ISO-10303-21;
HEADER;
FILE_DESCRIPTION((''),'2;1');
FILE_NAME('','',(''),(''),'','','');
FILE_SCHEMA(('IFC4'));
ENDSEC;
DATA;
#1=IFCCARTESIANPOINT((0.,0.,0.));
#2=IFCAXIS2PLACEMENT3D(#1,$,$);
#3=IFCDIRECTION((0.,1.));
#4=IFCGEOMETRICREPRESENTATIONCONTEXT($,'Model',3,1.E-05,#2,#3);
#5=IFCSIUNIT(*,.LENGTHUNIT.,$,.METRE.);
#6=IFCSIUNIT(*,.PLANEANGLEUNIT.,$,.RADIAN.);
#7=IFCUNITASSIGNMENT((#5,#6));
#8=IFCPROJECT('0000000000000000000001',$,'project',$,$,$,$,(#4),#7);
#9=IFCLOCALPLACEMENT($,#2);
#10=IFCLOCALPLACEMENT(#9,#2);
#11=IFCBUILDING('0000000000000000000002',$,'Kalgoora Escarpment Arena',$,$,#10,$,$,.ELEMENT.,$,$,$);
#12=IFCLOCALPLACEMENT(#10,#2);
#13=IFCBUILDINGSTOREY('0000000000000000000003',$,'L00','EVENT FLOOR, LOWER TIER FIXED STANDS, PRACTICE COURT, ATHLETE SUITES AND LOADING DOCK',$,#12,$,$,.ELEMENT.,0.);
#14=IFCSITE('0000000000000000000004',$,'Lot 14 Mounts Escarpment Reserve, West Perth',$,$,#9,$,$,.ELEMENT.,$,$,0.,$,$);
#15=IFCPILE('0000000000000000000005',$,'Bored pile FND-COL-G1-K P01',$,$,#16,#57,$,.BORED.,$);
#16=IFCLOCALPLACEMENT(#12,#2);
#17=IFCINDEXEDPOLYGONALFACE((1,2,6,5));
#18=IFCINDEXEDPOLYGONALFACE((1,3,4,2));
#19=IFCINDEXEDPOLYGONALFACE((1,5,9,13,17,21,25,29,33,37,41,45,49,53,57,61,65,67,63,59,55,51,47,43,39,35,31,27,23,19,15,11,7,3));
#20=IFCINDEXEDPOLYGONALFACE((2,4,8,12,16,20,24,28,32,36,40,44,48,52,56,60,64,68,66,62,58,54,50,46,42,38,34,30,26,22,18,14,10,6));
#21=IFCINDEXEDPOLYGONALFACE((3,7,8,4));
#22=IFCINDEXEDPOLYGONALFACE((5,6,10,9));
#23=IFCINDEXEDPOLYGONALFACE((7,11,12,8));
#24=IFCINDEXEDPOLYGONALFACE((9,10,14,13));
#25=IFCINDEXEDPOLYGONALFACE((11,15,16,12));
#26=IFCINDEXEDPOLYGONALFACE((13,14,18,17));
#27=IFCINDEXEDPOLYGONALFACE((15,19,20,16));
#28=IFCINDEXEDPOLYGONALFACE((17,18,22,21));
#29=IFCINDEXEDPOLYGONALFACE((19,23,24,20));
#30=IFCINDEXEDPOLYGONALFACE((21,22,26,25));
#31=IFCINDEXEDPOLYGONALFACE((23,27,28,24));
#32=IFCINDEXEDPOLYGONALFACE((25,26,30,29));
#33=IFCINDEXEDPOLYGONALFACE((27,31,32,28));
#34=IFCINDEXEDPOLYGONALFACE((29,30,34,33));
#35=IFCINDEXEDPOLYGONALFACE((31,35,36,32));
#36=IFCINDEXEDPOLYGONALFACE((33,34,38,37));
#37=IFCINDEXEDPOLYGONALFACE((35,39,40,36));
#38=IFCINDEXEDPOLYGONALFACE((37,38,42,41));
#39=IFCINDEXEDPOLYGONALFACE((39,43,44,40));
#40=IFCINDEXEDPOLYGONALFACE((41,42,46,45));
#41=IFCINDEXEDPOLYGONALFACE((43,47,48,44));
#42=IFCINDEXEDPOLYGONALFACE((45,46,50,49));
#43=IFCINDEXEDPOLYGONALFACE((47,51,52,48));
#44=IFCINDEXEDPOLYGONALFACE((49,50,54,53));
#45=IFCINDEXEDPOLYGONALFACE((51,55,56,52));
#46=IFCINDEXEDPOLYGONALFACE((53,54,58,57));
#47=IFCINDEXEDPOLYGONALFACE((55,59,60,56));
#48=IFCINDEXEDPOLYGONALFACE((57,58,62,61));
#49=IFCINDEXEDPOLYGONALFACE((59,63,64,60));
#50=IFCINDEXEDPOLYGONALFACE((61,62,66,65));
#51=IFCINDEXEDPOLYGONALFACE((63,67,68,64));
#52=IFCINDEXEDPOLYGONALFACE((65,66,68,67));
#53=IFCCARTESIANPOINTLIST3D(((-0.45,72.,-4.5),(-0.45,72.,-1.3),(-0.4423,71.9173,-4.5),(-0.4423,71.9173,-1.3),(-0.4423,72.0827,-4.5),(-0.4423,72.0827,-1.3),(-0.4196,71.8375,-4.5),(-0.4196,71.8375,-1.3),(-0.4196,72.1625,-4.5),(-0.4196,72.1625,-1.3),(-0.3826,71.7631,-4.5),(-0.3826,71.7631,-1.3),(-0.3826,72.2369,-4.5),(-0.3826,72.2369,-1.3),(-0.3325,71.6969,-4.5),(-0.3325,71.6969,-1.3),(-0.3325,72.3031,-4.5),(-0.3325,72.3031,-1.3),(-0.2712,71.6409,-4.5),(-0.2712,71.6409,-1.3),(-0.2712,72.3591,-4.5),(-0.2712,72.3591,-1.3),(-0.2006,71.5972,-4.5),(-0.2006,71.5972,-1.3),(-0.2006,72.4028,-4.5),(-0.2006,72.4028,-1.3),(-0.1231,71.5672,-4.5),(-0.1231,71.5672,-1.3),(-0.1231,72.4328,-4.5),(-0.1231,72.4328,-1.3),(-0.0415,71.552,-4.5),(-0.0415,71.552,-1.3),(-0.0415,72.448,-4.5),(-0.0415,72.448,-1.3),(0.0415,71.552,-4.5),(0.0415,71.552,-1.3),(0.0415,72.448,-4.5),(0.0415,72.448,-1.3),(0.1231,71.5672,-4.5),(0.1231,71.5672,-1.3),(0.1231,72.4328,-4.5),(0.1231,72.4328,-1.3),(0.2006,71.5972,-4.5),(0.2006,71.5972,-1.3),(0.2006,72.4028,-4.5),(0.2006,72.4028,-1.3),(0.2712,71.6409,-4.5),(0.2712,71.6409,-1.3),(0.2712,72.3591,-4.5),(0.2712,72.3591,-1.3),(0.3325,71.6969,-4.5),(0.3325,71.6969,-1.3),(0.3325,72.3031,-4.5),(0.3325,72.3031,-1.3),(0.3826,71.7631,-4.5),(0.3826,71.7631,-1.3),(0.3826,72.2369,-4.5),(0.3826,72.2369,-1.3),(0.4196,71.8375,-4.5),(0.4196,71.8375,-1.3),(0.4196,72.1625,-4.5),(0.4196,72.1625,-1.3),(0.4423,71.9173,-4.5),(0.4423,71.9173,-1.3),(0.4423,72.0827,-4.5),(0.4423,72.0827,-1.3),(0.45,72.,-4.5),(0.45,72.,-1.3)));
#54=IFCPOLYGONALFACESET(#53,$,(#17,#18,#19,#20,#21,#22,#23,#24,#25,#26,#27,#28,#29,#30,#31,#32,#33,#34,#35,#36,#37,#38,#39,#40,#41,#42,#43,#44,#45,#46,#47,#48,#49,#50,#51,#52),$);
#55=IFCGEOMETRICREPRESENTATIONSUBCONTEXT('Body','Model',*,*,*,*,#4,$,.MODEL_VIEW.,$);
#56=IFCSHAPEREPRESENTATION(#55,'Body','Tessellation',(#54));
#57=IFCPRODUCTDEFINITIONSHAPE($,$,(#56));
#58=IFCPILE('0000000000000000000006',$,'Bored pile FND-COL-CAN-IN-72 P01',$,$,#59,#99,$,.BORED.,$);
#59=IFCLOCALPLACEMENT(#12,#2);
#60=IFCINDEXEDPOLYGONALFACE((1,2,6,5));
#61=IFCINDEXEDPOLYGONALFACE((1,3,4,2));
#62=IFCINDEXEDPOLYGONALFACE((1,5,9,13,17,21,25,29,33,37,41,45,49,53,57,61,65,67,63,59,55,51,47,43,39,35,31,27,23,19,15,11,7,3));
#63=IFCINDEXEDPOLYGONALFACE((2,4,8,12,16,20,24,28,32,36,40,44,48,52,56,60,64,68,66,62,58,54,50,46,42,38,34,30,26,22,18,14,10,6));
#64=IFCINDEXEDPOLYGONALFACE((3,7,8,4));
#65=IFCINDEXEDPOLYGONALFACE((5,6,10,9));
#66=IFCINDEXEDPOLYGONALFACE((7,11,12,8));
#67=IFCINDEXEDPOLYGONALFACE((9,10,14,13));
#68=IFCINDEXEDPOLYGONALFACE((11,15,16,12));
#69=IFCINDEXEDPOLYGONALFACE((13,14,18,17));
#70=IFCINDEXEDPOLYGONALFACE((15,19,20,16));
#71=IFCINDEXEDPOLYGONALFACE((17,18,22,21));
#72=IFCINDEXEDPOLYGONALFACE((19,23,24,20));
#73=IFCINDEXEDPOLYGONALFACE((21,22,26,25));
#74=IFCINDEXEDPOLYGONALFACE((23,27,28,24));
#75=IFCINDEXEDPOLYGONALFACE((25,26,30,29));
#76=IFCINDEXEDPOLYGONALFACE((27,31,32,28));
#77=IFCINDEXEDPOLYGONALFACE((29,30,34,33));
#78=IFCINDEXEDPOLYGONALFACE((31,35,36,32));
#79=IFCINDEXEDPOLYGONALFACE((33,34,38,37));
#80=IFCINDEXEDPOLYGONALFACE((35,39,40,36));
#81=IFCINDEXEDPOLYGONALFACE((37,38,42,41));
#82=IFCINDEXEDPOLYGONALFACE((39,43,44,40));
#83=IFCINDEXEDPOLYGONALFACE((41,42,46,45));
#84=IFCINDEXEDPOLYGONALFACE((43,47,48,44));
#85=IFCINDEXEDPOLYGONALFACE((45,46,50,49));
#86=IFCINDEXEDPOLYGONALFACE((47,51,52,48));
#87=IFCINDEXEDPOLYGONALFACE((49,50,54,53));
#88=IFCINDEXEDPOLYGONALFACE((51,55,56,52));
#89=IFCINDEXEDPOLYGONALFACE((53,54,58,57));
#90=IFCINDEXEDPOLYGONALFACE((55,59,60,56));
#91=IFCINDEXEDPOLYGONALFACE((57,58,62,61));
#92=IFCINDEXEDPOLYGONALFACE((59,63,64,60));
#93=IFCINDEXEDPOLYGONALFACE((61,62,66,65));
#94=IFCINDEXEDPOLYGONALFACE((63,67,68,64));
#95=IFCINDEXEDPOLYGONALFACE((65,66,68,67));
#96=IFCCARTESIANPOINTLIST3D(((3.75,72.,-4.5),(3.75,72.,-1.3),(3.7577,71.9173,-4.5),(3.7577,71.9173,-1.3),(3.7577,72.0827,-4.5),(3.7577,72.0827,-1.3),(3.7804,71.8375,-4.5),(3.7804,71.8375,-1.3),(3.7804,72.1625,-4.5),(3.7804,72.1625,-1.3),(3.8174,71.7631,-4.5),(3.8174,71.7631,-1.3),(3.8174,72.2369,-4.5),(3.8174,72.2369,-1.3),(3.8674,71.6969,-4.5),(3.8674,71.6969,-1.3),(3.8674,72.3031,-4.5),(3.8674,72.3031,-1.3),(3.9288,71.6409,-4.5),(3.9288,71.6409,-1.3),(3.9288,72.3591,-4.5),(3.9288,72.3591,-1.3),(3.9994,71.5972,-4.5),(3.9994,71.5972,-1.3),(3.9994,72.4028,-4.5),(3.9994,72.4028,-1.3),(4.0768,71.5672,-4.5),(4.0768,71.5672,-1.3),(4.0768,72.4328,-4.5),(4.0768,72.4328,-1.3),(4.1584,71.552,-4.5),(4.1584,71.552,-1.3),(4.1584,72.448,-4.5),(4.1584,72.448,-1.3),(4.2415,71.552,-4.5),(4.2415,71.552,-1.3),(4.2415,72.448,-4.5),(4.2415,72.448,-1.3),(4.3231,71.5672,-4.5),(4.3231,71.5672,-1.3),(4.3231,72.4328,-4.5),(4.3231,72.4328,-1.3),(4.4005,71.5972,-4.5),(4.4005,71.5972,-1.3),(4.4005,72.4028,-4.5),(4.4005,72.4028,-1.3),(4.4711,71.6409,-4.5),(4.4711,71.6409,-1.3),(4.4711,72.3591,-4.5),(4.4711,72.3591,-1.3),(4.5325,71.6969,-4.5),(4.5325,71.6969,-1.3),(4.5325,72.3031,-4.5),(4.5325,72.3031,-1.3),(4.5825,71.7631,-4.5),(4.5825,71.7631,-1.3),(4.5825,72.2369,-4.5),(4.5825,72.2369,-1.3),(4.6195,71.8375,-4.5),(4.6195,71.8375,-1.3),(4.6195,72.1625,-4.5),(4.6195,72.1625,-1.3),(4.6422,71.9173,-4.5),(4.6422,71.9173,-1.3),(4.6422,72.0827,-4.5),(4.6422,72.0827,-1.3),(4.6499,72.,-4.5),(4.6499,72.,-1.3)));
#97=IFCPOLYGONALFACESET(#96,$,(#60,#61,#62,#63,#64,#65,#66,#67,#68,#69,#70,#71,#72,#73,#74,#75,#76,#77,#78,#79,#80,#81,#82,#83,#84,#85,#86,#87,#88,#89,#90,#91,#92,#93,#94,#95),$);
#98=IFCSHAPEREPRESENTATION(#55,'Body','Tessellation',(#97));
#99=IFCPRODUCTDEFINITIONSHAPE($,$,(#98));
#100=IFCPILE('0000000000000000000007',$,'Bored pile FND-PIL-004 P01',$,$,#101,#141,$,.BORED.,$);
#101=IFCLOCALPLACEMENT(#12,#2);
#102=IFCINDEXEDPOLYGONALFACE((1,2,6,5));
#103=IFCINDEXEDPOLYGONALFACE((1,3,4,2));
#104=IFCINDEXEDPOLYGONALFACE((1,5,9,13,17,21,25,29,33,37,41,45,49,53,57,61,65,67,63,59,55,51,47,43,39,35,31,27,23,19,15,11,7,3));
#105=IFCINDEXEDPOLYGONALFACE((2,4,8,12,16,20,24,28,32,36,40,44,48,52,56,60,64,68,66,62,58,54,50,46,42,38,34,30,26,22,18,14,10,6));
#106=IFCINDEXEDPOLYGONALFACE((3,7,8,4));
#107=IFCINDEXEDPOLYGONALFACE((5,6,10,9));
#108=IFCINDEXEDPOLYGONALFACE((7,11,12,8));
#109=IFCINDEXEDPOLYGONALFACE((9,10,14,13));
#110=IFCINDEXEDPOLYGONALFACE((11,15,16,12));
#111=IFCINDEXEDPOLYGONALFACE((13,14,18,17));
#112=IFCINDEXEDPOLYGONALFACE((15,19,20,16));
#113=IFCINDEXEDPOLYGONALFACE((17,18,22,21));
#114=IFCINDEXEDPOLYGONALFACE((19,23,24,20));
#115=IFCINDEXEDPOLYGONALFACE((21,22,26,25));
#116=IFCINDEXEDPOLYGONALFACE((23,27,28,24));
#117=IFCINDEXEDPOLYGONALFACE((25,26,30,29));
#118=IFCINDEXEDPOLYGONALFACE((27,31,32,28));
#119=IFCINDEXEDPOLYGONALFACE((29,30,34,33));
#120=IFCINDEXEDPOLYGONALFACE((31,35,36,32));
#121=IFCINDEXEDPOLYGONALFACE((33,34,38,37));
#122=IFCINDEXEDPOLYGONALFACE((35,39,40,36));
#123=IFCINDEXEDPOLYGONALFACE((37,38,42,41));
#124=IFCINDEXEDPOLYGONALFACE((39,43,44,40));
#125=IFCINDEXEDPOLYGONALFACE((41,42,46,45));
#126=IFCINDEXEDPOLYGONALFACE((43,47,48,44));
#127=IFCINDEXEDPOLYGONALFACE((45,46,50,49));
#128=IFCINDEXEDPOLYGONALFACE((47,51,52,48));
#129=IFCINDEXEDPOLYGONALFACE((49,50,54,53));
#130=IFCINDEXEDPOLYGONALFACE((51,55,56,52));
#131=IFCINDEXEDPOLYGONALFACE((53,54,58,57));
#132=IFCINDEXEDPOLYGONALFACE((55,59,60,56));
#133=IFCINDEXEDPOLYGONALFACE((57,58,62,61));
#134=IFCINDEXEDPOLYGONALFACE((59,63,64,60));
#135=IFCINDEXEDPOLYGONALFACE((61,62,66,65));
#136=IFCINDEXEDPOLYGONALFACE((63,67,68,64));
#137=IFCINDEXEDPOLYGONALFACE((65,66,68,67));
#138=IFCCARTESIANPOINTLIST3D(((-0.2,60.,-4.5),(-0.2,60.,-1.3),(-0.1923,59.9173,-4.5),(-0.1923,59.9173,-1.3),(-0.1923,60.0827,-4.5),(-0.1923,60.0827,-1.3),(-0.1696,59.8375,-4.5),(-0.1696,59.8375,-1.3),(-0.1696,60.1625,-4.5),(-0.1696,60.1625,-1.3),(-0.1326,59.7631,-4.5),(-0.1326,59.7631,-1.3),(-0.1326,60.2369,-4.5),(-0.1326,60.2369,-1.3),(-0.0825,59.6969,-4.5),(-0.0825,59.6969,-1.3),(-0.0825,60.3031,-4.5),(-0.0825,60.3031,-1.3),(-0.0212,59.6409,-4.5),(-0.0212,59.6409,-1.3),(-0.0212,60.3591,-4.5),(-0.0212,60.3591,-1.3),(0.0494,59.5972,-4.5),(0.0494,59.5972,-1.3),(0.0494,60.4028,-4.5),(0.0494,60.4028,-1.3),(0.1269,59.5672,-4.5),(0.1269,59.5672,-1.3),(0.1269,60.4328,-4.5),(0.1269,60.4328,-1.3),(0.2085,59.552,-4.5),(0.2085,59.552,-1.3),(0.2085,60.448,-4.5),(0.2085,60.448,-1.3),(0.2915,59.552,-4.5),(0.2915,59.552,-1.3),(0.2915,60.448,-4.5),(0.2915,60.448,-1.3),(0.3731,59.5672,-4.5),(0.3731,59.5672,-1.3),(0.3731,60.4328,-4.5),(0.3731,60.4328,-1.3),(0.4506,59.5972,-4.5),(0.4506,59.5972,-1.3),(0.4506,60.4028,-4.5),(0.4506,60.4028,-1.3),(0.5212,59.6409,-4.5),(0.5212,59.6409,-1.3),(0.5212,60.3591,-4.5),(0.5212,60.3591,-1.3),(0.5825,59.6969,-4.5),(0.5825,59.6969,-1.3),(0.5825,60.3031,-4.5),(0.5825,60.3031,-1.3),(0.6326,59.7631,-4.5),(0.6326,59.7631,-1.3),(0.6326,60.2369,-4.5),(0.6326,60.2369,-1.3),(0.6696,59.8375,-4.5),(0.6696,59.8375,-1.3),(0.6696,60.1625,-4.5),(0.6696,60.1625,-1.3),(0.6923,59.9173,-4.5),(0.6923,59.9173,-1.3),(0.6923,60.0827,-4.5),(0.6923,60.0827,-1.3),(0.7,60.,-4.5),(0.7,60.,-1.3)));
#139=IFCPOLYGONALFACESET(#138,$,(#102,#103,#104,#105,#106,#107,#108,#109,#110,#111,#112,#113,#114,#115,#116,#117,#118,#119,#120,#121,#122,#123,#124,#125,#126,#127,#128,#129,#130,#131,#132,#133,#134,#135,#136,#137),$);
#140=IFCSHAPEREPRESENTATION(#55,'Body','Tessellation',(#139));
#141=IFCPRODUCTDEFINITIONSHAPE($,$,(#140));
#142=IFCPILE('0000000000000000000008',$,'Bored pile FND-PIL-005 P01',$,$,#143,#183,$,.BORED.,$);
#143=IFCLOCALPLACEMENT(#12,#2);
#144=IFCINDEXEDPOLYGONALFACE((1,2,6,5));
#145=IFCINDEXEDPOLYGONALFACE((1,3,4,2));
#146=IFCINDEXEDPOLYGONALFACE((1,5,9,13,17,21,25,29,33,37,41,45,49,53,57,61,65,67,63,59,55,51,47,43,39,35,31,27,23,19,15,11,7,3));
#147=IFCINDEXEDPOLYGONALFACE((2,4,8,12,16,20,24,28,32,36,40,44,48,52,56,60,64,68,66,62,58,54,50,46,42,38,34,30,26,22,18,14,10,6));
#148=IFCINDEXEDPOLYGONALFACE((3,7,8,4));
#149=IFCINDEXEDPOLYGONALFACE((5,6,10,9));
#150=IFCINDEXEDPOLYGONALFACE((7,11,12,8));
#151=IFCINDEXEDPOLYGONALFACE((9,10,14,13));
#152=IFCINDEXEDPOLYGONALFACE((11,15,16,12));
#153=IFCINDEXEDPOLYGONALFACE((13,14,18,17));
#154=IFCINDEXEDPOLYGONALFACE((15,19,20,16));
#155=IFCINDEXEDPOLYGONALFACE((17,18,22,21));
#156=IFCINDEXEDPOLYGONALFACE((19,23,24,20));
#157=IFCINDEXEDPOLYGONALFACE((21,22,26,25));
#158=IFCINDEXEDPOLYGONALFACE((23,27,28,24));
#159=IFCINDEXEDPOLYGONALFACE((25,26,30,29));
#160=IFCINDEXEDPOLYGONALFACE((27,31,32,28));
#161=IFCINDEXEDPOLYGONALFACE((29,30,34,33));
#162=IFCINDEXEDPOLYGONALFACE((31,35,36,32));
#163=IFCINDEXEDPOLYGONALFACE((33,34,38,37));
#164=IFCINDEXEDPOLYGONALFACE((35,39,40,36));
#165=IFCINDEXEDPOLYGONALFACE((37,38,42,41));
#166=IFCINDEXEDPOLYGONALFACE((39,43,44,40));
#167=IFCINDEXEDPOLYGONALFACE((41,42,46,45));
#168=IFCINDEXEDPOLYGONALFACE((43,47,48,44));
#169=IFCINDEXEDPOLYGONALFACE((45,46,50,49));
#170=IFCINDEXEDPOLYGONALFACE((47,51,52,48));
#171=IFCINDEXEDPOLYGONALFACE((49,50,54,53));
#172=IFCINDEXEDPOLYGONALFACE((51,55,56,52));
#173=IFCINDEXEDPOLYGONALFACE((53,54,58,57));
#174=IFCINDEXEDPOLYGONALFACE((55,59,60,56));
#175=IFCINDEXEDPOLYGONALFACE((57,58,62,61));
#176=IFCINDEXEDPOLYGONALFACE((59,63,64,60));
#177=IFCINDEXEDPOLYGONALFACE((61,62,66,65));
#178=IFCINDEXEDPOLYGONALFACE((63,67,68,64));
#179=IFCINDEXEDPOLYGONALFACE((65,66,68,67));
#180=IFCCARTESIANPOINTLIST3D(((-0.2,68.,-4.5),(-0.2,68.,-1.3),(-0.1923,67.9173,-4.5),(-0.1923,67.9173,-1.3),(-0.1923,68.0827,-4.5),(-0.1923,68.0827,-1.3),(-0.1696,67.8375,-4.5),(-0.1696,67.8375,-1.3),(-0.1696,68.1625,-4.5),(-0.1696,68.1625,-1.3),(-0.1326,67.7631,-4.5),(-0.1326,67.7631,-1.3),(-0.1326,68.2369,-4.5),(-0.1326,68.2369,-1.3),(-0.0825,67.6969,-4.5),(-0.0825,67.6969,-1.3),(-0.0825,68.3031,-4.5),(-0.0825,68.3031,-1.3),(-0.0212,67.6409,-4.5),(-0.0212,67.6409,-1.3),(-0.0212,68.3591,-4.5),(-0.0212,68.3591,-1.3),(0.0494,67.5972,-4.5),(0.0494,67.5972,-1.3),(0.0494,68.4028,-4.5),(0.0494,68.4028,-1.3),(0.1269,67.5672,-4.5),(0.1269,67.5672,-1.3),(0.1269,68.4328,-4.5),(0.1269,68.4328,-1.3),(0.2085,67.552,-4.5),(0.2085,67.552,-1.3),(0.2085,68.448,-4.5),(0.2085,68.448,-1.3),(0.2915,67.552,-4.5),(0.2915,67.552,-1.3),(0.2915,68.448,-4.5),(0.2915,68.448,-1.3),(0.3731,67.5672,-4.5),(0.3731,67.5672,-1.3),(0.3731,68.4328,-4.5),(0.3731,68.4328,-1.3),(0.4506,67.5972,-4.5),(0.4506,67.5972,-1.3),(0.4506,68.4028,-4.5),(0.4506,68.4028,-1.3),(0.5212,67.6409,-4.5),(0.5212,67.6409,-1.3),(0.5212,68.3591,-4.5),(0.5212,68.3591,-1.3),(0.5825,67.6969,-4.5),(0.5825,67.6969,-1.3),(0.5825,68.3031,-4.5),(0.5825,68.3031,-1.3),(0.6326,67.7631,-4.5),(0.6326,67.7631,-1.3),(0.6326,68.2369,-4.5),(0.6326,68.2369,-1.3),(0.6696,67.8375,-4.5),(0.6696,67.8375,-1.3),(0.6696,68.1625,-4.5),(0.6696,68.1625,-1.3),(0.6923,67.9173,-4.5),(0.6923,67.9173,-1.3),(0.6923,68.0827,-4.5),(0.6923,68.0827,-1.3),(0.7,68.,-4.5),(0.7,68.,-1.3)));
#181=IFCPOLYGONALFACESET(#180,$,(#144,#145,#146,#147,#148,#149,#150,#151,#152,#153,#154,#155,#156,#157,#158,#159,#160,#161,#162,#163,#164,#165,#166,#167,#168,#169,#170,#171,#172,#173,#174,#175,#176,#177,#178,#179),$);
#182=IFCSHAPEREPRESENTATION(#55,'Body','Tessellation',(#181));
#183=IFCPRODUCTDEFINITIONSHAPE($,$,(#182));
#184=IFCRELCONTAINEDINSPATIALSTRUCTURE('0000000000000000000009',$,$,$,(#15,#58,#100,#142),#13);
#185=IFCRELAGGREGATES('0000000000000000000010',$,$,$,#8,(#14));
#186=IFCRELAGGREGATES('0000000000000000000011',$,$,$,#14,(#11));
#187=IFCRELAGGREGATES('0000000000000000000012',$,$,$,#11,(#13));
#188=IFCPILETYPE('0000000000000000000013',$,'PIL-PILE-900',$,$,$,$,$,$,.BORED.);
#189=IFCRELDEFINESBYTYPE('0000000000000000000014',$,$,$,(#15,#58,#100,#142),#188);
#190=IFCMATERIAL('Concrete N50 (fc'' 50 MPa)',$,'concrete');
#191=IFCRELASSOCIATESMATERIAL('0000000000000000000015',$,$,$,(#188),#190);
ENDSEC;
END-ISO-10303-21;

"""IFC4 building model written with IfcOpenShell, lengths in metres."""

from ifc_helpers import new_model, si_unit, direction, frame, origin, origin_2d, place, context, subcontext, project, spatial, circle, extrude, material, material_profile, profile_set, type_object, element, save


model = new_model("IFC4")

# Units and contexts
model_context = context("Model", 3, precision=1e-05, world=origin(), true_north=direction((0.0, 1.0)))
body_context = subcontext(model_context, "Body", "Model", "MODEL_VIEW")
ifc_project = project(units=[si_unit("LENGTHUNIT", "METRE"), si_unit("PLANEANGLEUNIT", "RADIAN")], contexts=[model_context])

# Site, building, storey
site_placement = place(None, origin())
site = spatial("IfcSite", under=ifc_project, at=site_placement, Name="Lot 14 Mounts Escarpment Reserve, West Perth", CompositionType="ELEMENT", RefElevation=0.0)
building_placement = place(site_placement, origin())
building = spatial("IfcBuilding", under=site, at=building_placement, Name="Kalgoora Escarpment Arena", CompositionType="ELEMENT")
storey_placement = place(building_placement, origin())
storey = spatial("IfcBuildingStorey", under=building, at=storey_placement, Name="L00", Description="EVENT FLOOR, LOWER TIER FIXED STANDS, PRACTICE COURT, ATHLETE SUITES AND LOADING DOCK", CompositionType="ELEMENT", Elevation=0.0)

# Piles
ifc_material_1 = material(Name="Concrete N50 (fc' 50 MPa)", Category="concrete")
ifc_material_profile_1 = material_profile(ifc_material_1, circle(Radius=0.45, at=origin_2d()))
ifc_profile_set_1 = profile_set([ifc_material_profile_1], Name="Concrete N50 (fc' 50 MPa)")
pile_type_1 = type_object("IfcPileType", Name="PIL-PILE-900", PredefinedType="BORED", material=ifc_profile_set_1)
for number, where, z_axis, x_axis, name in (
    (1, (0.0, 72.0, -1.3), (0.0, 0.0, -1.0), (1.0, 0.0, 0.0), "Bored pile FND-COL-G1-K P01"),
    (2, (4.2, 72.0, -1.3), (0.0, 0.0, -1.0), (1.0, 0.0, 0.0), "Bored pile FND-COL-CAN-IN-72 P01"),
    (3, (0.25, 60.0, -1.3), (0.0, 0.0, -1.0), (1.0, 0.0, 0.0), "Bored pile FND-PIL-004 P01"),
    (4, (0.25, 68.0, -1.3), (0.0, 0.0, -1.0), (1.0, 0.0, 0.0), "Bored pile FND-PIL-005 P01"),
):
    element("IfcPile", number, at=place(storey_placement, frame(where, z_axis=z_axis, x_axis=x_axis)), inside=storey, type_object=pile_type_1, Name=name, PredefinedType="BORED", context=body_context, shape_type="SweptSolid", body=[
        extrude(circle(Radius=0.45, at=origin_2d()), origin(), (0.0, 0.0, 1.0), 3.2),
    ])

save(model, "model.ifc")
